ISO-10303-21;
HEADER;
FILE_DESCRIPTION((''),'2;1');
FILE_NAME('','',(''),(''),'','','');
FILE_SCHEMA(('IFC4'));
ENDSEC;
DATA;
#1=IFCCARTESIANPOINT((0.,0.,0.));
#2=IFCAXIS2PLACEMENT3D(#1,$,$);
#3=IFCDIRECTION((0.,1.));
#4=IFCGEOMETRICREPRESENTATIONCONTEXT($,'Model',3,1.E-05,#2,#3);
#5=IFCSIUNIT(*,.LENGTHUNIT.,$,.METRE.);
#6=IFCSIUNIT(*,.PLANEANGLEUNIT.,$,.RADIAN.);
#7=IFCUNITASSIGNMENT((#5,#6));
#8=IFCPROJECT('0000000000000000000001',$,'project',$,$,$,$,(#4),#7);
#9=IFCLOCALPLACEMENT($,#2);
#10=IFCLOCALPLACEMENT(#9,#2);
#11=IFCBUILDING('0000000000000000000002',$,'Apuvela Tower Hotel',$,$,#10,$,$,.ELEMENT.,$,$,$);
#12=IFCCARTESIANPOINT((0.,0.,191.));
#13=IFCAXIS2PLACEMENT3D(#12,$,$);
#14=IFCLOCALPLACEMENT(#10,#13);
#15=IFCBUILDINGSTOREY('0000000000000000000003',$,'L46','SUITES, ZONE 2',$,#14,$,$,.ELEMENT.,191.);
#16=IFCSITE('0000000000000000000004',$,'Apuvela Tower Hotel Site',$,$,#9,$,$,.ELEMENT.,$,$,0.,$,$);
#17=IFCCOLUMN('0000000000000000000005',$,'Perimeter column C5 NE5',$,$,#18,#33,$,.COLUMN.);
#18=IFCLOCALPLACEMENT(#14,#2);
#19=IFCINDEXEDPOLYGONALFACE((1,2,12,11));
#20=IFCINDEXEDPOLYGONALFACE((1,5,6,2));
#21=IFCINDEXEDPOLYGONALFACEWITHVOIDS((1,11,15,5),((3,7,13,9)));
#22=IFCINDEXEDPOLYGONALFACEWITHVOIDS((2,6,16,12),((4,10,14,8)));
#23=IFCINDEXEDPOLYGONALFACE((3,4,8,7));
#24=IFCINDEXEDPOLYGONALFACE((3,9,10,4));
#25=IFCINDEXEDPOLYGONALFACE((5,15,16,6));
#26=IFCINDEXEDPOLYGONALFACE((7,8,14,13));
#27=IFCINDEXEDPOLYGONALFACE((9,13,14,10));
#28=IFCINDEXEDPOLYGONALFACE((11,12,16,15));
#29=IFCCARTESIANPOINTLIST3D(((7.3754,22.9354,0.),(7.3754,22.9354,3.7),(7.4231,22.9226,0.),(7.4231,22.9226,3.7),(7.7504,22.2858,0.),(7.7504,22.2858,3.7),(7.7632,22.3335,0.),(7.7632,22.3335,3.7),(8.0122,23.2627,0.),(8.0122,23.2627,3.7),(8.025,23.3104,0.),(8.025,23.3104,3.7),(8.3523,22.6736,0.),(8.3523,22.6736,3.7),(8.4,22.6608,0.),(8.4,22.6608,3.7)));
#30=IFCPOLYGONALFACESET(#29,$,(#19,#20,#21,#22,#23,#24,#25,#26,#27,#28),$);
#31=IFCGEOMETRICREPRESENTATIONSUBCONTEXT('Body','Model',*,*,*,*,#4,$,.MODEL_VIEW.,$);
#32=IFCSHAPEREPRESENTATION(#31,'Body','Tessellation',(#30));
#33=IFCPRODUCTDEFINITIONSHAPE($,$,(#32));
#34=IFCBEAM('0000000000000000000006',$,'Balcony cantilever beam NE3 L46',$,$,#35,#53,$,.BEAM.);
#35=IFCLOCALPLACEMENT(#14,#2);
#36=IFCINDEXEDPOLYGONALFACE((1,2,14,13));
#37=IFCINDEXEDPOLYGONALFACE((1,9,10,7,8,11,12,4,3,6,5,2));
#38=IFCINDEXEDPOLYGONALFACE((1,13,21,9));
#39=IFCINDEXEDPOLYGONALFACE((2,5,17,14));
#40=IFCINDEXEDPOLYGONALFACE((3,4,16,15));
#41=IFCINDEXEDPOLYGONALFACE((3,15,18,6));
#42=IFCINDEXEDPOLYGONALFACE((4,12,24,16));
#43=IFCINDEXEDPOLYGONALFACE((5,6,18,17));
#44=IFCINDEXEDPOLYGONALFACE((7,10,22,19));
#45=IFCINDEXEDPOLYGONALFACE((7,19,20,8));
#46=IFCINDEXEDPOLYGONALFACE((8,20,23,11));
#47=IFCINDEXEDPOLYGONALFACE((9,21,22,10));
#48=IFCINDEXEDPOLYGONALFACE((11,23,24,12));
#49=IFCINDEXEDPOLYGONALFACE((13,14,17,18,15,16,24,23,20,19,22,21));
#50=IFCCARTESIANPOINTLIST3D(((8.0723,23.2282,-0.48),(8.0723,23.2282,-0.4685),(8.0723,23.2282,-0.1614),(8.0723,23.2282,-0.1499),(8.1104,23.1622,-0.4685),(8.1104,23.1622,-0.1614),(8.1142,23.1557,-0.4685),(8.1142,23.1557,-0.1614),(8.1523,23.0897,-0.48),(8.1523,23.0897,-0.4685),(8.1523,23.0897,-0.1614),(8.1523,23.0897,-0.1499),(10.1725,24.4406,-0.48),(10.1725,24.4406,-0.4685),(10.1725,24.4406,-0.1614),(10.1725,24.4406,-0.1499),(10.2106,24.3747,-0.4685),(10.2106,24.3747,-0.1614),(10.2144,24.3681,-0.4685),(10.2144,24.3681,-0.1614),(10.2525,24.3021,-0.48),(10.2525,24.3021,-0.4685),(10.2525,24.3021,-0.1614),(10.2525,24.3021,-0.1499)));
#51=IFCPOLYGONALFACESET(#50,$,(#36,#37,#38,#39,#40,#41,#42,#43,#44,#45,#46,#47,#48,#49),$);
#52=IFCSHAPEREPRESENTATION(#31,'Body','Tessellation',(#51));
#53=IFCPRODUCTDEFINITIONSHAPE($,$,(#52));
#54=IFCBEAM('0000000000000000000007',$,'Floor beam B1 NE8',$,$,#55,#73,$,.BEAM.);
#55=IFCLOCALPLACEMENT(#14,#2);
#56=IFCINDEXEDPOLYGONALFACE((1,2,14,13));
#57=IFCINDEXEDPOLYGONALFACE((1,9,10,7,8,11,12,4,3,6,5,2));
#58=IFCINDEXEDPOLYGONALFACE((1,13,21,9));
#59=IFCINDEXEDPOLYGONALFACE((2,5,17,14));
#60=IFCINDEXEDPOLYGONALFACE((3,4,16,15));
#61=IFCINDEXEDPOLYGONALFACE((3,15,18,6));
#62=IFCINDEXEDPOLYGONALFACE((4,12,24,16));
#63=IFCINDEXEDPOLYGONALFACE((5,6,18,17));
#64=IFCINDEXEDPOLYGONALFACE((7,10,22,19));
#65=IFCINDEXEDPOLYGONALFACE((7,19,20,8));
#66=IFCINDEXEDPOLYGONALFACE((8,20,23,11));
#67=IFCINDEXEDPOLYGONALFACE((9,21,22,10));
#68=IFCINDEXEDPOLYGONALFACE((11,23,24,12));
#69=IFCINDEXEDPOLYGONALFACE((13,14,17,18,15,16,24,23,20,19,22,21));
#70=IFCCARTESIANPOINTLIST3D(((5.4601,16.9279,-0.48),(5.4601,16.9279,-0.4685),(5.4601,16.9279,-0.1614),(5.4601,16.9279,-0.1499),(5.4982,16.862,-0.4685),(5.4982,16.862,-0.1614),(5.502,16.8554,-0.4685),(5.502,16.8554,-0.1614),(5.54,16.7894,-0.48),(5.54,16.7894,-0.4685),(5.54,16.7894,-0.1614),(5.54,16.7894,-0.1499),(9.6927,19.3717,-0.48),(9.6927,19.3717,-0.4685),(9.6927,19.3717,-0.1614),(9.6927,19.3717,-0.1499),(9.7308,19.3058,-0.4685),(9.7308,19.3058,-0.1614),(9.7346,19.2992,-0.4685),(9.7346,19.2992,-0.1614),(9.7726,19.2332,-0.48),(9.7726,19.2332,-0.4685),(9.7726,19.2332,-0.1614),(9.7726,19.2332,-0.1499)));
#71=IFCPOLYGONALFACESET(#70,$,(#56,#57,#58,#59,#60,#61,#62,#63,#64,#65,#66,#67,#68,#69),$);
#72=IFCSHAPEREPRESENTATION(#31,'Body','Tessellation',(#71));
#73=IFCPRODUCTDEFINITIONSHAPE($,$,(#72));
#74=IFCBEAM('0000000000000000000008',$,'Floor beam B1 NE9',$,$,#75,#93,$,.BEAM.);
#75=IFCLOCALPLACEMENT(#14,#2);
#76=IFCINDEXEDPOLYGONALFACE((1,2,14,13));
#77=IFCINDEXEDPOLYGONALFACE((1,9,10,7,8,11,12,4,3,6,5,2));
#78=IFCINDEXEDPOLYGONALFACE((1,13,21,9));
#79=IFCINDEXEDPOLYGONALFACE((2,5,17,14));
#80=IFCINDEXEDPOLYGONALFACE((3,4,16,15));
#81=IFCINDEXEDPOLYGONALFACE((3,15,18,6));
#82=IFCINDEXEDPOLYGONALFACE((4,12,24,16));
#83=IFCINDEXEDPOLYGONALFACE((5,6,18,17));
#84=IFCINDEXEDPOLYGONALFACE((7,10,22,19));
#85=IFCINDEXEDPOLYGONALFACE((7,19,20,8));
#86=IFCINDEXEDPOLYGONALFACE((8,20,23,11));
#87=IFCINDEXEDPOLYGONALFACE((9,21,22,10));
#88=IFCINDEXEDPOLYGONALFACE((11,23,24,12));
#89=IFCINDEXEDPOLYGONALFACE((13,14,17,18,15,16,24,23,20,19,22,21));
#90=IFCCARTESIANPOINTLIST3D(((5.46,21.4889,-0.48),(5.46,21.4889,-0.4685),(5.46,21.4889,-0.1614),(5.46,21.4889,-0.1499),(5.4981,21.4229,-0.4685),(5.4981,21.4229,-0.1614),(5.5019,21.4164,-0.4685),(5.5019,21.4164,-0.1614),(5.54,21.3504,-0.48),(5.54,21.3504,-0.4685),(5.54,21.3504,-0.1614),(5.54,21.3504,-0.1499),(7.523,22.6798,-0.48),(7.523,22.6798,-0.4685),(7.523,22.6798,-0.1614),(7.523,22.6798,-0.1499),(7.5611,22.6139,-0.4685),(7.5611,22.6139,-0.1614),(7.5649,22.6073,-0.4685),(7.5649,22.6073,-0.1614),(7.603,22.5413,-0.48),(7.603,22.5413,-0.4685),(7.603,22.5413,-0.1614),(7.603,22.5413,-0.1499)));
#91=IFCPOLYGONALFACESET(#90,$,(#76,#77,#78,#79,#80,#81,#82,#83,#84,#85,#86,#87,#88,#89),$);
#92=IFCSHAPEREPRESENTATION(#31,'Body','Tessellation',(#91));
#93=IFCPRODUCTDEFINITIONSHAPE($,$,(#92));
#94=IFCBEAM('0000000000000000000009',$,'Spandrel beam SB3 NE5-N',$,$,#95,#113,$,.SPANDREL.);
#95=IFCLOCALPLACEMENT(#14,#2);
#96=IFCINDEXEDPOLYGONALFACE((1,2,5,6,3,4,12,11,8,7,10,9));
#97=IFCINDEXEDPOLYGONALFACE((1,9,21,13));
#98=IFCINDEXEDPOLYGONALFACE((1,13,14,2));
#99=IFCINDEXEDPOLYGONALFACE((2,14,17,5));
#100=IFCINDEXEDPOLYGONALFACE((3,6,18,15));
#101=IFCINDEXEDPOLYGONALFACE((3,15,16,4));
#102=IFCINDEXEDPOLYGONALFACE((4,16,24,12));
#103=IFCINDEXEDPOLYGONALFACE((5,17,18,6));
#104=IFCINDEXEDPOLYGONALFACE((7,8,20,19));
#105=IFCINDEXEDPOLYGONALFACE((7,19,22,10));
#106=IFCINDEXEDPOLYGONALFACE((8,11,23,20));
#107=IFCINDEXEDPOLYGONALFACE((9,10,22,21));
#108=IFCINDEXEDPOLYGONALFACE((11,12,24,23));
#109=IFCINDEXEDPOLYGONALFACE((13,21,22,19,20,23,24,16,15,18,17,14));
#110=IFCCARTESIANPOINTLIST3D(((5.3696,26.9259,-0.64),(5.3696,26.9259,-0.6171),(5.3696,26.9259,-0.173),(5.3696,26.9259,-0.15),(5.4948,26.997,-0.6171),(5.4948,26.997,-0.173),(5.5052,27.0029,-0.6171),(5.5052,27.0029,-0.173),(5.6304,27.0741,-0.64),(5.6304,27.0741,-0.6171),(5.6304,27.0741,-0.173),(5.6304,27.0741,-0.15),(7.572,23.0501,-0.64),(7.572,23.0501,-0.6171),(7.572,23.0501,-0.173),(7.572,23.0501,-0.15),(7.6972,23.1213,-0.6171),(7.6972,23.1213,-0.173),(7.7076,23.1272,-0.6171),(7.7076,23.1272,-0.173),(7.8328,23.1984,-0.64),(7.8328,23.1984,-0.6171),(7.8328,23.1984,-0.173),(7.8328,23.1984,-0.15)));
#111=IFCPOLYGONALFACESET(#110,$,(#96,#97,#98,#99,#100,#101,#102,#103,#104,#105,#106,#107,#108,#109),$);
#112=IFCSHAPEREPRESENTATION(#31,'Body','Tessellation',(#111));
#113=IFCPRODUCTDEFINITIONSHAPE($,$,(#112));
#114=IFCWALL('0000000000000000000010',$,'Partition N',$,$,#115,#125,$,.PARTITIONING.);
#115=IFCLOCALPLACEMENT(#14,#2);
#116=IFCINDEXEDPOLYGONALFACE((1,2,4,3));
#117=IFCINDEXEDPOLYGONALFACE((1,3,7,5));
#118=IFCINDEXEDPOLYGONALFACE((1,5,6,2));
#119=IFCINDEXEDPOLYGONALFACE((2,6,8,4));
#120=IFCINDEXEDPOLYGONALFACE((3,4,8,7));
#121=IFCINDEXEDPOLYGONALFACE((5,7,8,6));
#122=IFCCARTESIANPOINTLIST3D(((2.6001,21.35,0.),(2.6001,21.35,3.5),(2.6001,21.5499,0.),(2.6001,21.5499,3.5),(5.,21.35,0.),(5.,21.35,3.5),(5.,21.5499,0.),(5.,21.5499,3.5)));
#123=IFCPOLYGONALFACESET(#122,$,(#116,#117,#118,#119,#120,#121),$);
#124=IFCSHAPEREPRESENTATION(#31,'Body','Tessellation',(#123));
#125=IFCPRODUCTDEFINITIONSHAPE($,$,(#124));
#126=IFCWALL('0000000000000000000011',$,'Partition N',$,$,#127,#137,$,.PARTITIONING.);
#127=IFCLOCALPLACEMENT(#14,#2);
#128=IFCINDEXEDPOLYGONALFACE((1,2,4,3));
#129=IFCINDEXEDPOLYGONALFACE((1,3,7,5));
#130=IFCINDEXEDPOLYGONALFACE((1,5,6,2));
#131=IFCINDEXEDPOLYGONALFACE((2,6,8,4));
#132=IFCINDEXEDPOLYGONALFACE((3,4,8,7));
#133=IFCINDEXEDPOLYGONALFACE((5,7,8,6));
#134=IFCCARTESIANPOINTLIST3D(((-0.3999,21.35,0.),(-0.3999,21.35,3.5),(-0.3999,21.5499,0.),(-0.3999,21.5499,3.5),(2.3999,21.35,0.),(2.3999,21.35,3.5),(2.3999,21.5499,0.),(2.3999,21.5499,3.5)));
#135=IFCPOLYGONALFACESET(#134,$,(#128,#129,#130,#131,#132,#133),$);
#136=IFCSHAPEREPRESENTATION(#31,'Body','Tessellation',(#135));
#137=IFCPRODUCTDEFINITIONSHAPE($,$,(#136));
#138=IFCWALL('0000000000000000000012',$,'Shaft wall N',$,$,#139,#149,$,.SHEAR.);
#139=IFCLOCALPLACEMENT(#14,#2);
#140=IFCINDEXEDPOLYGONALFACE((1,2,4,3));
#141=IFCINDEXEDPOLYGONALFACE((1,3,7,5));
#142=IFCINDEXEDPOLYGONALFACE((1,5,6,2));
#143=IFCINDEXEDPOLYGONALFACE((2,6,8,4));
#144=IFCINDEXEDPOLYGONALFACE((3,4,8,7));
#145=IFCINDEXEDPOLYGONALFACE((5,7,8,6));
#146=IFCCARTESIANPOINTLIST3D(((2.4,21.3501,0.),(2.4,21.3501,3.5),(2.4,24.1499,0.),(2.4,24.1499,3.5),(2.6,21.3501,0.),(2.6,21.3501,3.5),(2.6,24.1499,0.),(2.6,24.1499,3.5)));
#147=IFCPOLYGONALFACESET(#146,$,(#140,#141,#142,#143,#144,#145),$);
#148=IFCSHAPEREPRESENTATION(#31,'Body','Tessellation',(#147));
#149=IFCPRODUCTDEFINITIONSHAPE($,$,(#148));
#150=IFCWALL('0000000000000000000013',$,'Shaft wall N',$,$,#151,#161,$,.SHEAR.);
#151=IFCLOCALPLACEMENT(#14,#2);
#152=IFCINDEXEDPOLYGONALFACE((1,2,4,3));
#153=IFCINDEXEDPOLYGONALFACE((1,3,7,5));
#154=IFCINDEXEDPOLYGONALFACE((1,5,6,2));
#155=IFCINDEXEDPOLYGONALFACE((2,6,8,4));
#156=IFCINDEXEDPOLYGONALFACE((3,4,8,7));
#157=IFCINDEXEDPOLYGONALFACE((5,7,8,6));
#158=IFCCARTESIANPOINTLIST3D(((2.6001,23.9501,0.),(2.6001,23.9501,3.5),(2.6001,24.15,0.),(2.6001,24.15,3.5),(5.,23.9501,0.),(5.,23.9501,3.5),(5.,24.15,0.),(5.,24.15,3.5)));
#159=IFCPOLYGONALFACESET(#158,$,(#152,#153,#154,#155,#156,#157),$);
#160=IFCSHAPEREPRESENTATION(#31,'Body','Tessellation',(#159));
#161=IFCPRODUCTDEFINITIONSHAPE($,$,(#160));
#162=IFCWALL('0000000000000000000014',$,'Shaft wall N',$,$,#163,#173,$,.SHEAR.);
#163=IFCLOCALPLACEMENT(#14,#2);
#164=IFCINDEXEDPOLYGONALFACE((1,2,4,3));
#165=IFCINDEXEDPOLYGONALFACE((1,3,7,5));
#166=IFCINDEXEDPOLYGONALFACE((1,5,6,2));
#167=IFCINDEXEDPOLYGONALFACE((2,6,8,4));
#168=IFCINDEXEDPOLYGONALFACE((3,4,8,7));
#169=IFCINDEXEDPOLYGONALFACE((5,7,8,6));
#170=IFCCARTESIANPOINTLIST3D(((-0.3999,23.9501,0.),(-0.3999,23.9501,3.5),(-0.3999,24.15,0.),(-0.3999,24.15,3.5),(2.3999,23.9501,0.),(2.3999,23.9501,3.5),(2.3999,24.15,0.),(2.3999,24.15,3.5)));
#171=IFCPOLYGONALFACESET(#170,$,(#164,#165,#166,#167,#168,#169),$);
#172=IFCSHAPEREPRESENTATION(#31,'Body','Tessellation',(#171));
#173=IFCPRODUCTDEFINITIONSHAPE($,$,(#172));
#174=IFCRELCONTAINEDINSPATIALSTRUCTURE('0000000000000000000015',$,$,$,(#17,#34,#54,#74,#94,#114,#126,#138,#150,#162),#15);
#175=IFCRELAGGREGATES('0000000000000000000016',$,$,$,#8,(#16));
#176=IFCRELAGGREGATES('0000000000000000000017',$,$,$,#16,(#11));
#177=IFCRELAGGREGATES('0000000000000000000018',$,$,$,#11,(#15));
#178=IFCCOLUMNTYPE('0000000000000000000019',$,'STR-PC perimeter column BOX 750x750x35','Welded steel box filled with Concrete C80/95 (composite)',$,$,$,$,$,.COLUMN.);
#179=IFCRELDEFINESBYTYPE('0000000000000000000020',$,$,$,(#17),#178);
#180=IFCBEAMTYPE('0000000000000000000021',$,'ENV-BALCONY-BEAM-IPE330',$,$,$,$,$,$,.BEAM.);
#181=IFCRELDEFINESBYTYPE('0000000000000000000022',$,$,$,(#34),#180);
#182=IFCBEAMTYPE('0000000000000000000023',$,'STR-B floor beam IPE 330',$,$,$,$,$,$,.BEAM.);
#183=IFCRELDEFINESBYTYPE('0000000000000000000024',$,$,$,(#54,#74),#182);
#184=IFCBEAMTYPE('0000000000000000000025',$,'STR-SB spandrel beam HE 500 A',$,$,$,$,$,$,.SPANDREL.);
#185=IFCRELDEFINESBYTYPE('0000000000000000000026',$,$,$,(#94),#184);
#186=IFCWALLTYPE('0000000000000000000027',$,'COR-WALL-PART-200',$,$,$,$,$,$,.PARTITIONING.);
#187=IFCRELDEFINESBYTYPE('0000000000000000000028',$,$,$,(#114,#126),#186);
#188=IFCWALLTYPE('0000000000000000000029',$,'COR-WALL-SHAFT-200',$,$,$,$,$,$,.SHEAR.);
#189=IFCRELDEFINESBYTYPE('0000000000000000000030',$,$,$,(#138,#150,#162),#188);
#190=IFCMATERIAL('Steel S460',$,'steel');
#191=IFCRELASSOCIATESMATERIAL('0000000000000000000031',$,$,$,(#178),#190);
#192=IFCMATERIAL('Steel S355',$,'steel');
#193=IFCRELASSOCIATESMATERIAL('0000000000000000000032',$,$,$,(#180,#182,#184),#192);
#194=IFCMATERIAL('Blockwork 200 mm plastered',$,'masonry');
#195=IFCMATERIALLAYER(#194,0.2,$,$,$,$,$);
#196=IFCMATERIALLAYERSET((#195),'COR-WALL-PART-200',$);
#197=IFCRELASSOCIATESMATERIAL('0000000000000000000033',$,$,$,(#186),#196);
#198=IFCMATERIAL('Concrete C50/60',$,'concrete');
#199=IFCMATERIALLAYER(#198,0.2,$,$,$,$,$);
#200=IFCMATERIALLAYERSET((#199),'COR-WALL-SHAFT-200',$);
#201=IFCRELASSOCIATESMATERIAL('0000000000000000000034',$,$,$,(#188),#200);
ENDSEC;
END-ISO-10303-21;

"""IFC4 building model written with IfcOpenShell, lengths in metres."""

from ifc_helpers import new_model, si_unit, direction, frame, frame_2d, origin, origin_2d, place, context, subcontext, project, spatial, rectangle, hollow_rectangle, i_section, extrude, material, layer, layer_set, material_profile, profile_set, type_object, element, save


model = new_model("IFC4")

# Units and contexts
model_context = context("Model", 3, precision=1e-05, world=origin(), true_north=direction((0.0, 1.0)))
body_context = subcontext(model_context, "Body", "Model", "MODEL_VIEW")
ifc_project = project(units=[si_unit("LENGTHUNIT", "METRE"), si_unit("PLANEANGLEUNIT", "RADIAN")], contexts=[model_context])

# Site, building, storey
site_placement = place(None, origin())
site = spatial("IfcSite", under=ifc_project, at=site_placement, Name="Apuvela Tower Hotel Site", CompositionType="ELEMENT", RefElevation=0.0)
building_placement = place(site_placement, origin())
building = spatial("IfcBuilding", under=site, at=building_placement, Name="Apuvela Tower Hotel", CompositionType="ELEMENT")
storey_placement = place(building_placement, frame((0.0, 0.0, 191.0)))
storey = spatial("IfcBuildingStorey", under=building, at=storey_placement, Name="L46", Description="SUITES, ZONE 2", CompositionType="ELEMENT", Elevation=191.0)

# Column
ifc_material_1 = material(Name="Steel S460", Category="steel")
ifc_material_profile_1 = material_profile(ifc_material_1, hollow_rectangle(XDim=0.75, YDim=0.75, WallThickness=0.0349, at=origin_2d()), Name="BOX 750x750x35")
ifc_material_2 = material(Name="Concrete C80/95", Category="concrete")
ifc_material_profile_2 = material_profile(ifc_material_2, rectangle(XDim=0.6799, YDim=0.6799, at=origin_2d()), Name="Concrete C80/95 infill")
ifc_profile_set_1 = profile_set([ifc_material_profile_1, ifc_material_profile_2], Name="Steel S460")
column_type = type_object("IfcColumnType", Name="STR-PC perimeter column BOX 750x750x35", Description="Welded steel box filled with Concrete C80/95 (composite)", PredefinedType="COLUMN", material=ifc_profile_set_1)
column_placement = place(storey_placement, frame((7.8877, 22.7981, 0.0), z_axis=(0.0, 0.0, 1.0), x_axis=(-0.5, 0.866025, 0.0)))
element("IfcColumn", 1, at=column_placement, inside=storey, type_object=column_type, Name="Perimeter column C5 NE5", PredefinedType="COLUMN", context=body_context, shape_type="SweptSolid", body=[
    extrude(hollow_rectangle(XDim=0.75, YDim=0.75, WallThickness=0.0349, at=origin_2d()), origin(), (0.0, 0.0, 1.0), 3.7),
])

# Beams
ifc_material_3 = material(Name="Steel S355", Category="steel")
ifc_material_profile_3 = material_profile(ifc_material_3, i_section(OverallWidth=0.1599, OverallDepth=0.3301, WebThickness=0.0076, FlangeThickness=0.0115, at=origin_2d()), Name="IPE 330")
ifc_profile_set_2 = profile_set([ifc_material_profile_3], Name="Steel S355")
beam_type_1 = type_object("IfcBeamType", Name="ENV-BALCONY-BEAM-IPE330", PredefinedType="BEAM", material=ifc_profile_set_2)
beam_1_placement = place(storey_placement, frame((8.1123, 23.1589, -0.3149), z_axis=(0.866041, 0.499972, 0.0), x_axis=(-0.499972, 0.866041, 0.0)))
element("IfcBeam", 2, at=beam_1_placement, inside=storey, type_object=beam_type_1, Name="Balcony cantilever beam NE3 L46", PredefinedType="BEAM", context=body_context, shape_type="SweptSolid", body=[
    extrude(i_section(OverallWidth=0.1599, OverallDepth=0.3301, WebThickness=0.0076, FlangeThickness=0.0115, at=origin_2d()), origin(), (0.0, 0.0, 1.0), 2.425),
])
ifc_material_profile_4 = material_profile(ifc_material_3, i_section(OverallWidth=0.1599, OverallDepth=0.3301, WebThickness=0.0076, FlangeThickness=0.0115, at=origin_2d()), Name="IPE 330")
ifc_profile_set_3 = profile_set([ifc_material_profile_4], Name="Steel S355")
beam_type_2 = type_object("IfcBeamType", Name="STR-B floor beam IPE 330", PredefinedType="BEAM", material=ifc_profile_set_3)
beam_2_placement = place(storey_placement, frame((9.7327, 19.3025, -0.3149), z_axis=(-0.866015, -0.500018, 0.0), x_axis=(0.500018, -0.866015, 0.0)))
element("IfcBeam", 3, at=beam_2_placement, inside=storey, type_object=beam_type_2, Name="Floor beam B1 NE8", PredefinedType="BEAM", context=body_context, shape_type="SweptSolid", body=[
    extrude(i_section(OverallWidth=0.1599, OverallDepth=0.3301, WebThickness=0.0076, FlangeThickness=0.0115, at=origin_2d()), origin(), (0.0, 0.0, 1.0), 4.8875),
])
beam_3_placement = place(storey_placement, frame((7.563, 22.6106, -0.3149), z_axis=(-0.866052, -0.499953, 0.0), x_axis=(0.499953, -0.866052, 0.0)))
element("IfcBeam", 4, at=beam_3_placement, inside=storey, type_object=beam_type_2, Name="Floor beam B1 NE9", PredefinedType="BEAM", context=body_context, shape_type="SweptSolid", body=[
    extrude(i_section(OverallWidth=0.1599, OverallDepth=0.3301, WebThickness=0.0076, FlangeThickness=0.0115, at=origin_2d()), origin(), (0.0, 0.0, 1.0), 2.3821),
])
ifc_material_profile_5 = material_profile(ifc_material_3, i_section(OverallWidth=0.3, OverallDepth=0.49, WebThickness=0.012, FlangeThickness=0.0229, at=origin_2d()), Name="HE 500 A")
ifc_profile_set_4 = profile_set([ifc_material_profile_5], Name="Steel S355")
beam_type_3 = type_object("IfcBeamType", Name="STR-SB spandrel beam HE 500 A", PredefinedType="SPANDREL", material=ifc_profile_set_4)
beam_4_placement = place(storey_placement, frame((7.7024, 23.1243, -0.395), z_axis=(-0.494056, 0.86943, 0.0), x_axis=(-0.86943, -0.494056, 0.0)))
element("IfcBeam", 5, at=beam_4_placement, inside=storey, type_object=beam_type_3, Name="Spandrel beam SB3 NE5-N", PredefinedType="SPANDREL", context=body_context, shape_type="SweptSolid", body=[
    extrude(i_section(OverallWidth=0.3, OverallDepth=0.49, WebThickness=0.012, FlangeThickness=0.0229, at=origin_2d()), origin(), (0.0, 0.0, 1.0), 4.4578),
])

# Walls
ifc_material_4 = material(Name="Blockwork 200 mm plastered", Category="masonry")
ifc_layer_1 = layer(ifc_material_4, 0.2)
ifc_layer_set_1 = layer_set([ifc_layer_1], Name="COR-WALL-PART-200")
wall_type_1 = type_object("IfcWallType", Name="COR-WALL-PART-200", PredefinedType="PARTITIONING", material=ifc_layer_set_1)
wall_1_placement = place(storey_placement, frame((5.0, 21.45, 0.0), z_axis=(0.0, 0.0, 1.0), x_axis=(-1.0, 0.0, 0.0)))
element("IfcWall", 6, at=wall_1_placement, inside=storey, type_object=wall_type_1, Name="Partition N", PredefinedType="PARTITIONING", context=body_context, shape_type="SweptSolid", body=[
    extrude(rectangle(XDim=2.3999, YDim=0.2, at=frame_2d((1.2, 0.0))), origin(), (0.0, 0.0, 1.0), 3.5),
])
wall_2_placement = place(storey_placement, frame((2.3999, 21.45, 0.0), z_axis=(0.0, 0.0, 1.0), x_axis=(-1.0, 0.0, 0.0)))
element("IfcWall", 7, at=wall_2_placement, inside=storey, type_object=wall_type_1, Name="Partition N", PredefinedType="PARTITIONING", context=body_context, shape_type="SweptSolid", body=[
    extrude(rectangle(XDim=2.7998, YDim=0.2, at=frame_2d((1.3999, 0.0))), origin(), (0.0, 0.0, 1.0), 3.5),
])
ifc_material_5 = material(Name="Concrete C50/60", Category="concrete")
ifc_layer_2 = layer(ifc_material_5, 0.2)
ifc_layer_set_2 = layer_set([ifc_layer_2], Name="COR-WALL-SHAFT-200")
wall_type_2 = type_object("IfcWallType", Name="COR-WALL-SHAFT-200", PredefinedType="SHEAR", material=ifc_layer_set_2)
wall_3_placement = place(storey_placement, frame((2.5, 21.3501, 0.0), z_axis=(0.0, 0.0, 1.0), x_axis=(0.0, 1.0, 0.0)))
element("IfcWall", 8, at=wall_3_placement, inside=storey, type_object=wall_type_2, Name="Shaft wall N", PredefinedType="SHEAR", context=body_context, shape_type="SweptSolid", body=[
    extrude(rectangle(XDim=2.7998, YDim=0.2, at=frame_2d((1.3999, 0.0))), origin(), (0.0, 0.0, 1.0), 3.5),
])
wall_4_placement = place(storey_placement, frame((5.0, 24.05, 0.0), z_axis=(0.0, 0.0, 1.0), x_axis=(-1.0, 0.0, 0.0)))
element("IfcWall", 9, at=wall_4_placement, inside=storey, type_object=wall_type_2, Name="Shaft wall N", PredefinedType="SHEAR", context=body_context, shape_type="SweptSolid", body=[
    extrude(rectangle(XDim=2.3999, YDim=0.2, at=frame_2d((1.2, 0.0))), origin(), (0.0, 0.0, 1.0), 3.5),
])
wall_5_placement = place(storey_placement, frame((2.3999, 24.05, 0.0), z_axis=(0.0, 0.0, 1.0), x_axis=(-1.0, 0.0, 0.0)))
element("IfcWall", 10, at=wall_5_placement, inside=storey, type_object=wall_type_2, Name="Shaft wall N", PredefinedType="SHEAR", context=body_context, shape_type="SweptSolid", body=[
    extrude(rectangle(XDim=2.7998, YDim=0.2, at=frame_2d((1.3999, 0.0))), origin(), (0.0, 0.0, 1.0), 3.5),
])

save(model, "model.ifc")
